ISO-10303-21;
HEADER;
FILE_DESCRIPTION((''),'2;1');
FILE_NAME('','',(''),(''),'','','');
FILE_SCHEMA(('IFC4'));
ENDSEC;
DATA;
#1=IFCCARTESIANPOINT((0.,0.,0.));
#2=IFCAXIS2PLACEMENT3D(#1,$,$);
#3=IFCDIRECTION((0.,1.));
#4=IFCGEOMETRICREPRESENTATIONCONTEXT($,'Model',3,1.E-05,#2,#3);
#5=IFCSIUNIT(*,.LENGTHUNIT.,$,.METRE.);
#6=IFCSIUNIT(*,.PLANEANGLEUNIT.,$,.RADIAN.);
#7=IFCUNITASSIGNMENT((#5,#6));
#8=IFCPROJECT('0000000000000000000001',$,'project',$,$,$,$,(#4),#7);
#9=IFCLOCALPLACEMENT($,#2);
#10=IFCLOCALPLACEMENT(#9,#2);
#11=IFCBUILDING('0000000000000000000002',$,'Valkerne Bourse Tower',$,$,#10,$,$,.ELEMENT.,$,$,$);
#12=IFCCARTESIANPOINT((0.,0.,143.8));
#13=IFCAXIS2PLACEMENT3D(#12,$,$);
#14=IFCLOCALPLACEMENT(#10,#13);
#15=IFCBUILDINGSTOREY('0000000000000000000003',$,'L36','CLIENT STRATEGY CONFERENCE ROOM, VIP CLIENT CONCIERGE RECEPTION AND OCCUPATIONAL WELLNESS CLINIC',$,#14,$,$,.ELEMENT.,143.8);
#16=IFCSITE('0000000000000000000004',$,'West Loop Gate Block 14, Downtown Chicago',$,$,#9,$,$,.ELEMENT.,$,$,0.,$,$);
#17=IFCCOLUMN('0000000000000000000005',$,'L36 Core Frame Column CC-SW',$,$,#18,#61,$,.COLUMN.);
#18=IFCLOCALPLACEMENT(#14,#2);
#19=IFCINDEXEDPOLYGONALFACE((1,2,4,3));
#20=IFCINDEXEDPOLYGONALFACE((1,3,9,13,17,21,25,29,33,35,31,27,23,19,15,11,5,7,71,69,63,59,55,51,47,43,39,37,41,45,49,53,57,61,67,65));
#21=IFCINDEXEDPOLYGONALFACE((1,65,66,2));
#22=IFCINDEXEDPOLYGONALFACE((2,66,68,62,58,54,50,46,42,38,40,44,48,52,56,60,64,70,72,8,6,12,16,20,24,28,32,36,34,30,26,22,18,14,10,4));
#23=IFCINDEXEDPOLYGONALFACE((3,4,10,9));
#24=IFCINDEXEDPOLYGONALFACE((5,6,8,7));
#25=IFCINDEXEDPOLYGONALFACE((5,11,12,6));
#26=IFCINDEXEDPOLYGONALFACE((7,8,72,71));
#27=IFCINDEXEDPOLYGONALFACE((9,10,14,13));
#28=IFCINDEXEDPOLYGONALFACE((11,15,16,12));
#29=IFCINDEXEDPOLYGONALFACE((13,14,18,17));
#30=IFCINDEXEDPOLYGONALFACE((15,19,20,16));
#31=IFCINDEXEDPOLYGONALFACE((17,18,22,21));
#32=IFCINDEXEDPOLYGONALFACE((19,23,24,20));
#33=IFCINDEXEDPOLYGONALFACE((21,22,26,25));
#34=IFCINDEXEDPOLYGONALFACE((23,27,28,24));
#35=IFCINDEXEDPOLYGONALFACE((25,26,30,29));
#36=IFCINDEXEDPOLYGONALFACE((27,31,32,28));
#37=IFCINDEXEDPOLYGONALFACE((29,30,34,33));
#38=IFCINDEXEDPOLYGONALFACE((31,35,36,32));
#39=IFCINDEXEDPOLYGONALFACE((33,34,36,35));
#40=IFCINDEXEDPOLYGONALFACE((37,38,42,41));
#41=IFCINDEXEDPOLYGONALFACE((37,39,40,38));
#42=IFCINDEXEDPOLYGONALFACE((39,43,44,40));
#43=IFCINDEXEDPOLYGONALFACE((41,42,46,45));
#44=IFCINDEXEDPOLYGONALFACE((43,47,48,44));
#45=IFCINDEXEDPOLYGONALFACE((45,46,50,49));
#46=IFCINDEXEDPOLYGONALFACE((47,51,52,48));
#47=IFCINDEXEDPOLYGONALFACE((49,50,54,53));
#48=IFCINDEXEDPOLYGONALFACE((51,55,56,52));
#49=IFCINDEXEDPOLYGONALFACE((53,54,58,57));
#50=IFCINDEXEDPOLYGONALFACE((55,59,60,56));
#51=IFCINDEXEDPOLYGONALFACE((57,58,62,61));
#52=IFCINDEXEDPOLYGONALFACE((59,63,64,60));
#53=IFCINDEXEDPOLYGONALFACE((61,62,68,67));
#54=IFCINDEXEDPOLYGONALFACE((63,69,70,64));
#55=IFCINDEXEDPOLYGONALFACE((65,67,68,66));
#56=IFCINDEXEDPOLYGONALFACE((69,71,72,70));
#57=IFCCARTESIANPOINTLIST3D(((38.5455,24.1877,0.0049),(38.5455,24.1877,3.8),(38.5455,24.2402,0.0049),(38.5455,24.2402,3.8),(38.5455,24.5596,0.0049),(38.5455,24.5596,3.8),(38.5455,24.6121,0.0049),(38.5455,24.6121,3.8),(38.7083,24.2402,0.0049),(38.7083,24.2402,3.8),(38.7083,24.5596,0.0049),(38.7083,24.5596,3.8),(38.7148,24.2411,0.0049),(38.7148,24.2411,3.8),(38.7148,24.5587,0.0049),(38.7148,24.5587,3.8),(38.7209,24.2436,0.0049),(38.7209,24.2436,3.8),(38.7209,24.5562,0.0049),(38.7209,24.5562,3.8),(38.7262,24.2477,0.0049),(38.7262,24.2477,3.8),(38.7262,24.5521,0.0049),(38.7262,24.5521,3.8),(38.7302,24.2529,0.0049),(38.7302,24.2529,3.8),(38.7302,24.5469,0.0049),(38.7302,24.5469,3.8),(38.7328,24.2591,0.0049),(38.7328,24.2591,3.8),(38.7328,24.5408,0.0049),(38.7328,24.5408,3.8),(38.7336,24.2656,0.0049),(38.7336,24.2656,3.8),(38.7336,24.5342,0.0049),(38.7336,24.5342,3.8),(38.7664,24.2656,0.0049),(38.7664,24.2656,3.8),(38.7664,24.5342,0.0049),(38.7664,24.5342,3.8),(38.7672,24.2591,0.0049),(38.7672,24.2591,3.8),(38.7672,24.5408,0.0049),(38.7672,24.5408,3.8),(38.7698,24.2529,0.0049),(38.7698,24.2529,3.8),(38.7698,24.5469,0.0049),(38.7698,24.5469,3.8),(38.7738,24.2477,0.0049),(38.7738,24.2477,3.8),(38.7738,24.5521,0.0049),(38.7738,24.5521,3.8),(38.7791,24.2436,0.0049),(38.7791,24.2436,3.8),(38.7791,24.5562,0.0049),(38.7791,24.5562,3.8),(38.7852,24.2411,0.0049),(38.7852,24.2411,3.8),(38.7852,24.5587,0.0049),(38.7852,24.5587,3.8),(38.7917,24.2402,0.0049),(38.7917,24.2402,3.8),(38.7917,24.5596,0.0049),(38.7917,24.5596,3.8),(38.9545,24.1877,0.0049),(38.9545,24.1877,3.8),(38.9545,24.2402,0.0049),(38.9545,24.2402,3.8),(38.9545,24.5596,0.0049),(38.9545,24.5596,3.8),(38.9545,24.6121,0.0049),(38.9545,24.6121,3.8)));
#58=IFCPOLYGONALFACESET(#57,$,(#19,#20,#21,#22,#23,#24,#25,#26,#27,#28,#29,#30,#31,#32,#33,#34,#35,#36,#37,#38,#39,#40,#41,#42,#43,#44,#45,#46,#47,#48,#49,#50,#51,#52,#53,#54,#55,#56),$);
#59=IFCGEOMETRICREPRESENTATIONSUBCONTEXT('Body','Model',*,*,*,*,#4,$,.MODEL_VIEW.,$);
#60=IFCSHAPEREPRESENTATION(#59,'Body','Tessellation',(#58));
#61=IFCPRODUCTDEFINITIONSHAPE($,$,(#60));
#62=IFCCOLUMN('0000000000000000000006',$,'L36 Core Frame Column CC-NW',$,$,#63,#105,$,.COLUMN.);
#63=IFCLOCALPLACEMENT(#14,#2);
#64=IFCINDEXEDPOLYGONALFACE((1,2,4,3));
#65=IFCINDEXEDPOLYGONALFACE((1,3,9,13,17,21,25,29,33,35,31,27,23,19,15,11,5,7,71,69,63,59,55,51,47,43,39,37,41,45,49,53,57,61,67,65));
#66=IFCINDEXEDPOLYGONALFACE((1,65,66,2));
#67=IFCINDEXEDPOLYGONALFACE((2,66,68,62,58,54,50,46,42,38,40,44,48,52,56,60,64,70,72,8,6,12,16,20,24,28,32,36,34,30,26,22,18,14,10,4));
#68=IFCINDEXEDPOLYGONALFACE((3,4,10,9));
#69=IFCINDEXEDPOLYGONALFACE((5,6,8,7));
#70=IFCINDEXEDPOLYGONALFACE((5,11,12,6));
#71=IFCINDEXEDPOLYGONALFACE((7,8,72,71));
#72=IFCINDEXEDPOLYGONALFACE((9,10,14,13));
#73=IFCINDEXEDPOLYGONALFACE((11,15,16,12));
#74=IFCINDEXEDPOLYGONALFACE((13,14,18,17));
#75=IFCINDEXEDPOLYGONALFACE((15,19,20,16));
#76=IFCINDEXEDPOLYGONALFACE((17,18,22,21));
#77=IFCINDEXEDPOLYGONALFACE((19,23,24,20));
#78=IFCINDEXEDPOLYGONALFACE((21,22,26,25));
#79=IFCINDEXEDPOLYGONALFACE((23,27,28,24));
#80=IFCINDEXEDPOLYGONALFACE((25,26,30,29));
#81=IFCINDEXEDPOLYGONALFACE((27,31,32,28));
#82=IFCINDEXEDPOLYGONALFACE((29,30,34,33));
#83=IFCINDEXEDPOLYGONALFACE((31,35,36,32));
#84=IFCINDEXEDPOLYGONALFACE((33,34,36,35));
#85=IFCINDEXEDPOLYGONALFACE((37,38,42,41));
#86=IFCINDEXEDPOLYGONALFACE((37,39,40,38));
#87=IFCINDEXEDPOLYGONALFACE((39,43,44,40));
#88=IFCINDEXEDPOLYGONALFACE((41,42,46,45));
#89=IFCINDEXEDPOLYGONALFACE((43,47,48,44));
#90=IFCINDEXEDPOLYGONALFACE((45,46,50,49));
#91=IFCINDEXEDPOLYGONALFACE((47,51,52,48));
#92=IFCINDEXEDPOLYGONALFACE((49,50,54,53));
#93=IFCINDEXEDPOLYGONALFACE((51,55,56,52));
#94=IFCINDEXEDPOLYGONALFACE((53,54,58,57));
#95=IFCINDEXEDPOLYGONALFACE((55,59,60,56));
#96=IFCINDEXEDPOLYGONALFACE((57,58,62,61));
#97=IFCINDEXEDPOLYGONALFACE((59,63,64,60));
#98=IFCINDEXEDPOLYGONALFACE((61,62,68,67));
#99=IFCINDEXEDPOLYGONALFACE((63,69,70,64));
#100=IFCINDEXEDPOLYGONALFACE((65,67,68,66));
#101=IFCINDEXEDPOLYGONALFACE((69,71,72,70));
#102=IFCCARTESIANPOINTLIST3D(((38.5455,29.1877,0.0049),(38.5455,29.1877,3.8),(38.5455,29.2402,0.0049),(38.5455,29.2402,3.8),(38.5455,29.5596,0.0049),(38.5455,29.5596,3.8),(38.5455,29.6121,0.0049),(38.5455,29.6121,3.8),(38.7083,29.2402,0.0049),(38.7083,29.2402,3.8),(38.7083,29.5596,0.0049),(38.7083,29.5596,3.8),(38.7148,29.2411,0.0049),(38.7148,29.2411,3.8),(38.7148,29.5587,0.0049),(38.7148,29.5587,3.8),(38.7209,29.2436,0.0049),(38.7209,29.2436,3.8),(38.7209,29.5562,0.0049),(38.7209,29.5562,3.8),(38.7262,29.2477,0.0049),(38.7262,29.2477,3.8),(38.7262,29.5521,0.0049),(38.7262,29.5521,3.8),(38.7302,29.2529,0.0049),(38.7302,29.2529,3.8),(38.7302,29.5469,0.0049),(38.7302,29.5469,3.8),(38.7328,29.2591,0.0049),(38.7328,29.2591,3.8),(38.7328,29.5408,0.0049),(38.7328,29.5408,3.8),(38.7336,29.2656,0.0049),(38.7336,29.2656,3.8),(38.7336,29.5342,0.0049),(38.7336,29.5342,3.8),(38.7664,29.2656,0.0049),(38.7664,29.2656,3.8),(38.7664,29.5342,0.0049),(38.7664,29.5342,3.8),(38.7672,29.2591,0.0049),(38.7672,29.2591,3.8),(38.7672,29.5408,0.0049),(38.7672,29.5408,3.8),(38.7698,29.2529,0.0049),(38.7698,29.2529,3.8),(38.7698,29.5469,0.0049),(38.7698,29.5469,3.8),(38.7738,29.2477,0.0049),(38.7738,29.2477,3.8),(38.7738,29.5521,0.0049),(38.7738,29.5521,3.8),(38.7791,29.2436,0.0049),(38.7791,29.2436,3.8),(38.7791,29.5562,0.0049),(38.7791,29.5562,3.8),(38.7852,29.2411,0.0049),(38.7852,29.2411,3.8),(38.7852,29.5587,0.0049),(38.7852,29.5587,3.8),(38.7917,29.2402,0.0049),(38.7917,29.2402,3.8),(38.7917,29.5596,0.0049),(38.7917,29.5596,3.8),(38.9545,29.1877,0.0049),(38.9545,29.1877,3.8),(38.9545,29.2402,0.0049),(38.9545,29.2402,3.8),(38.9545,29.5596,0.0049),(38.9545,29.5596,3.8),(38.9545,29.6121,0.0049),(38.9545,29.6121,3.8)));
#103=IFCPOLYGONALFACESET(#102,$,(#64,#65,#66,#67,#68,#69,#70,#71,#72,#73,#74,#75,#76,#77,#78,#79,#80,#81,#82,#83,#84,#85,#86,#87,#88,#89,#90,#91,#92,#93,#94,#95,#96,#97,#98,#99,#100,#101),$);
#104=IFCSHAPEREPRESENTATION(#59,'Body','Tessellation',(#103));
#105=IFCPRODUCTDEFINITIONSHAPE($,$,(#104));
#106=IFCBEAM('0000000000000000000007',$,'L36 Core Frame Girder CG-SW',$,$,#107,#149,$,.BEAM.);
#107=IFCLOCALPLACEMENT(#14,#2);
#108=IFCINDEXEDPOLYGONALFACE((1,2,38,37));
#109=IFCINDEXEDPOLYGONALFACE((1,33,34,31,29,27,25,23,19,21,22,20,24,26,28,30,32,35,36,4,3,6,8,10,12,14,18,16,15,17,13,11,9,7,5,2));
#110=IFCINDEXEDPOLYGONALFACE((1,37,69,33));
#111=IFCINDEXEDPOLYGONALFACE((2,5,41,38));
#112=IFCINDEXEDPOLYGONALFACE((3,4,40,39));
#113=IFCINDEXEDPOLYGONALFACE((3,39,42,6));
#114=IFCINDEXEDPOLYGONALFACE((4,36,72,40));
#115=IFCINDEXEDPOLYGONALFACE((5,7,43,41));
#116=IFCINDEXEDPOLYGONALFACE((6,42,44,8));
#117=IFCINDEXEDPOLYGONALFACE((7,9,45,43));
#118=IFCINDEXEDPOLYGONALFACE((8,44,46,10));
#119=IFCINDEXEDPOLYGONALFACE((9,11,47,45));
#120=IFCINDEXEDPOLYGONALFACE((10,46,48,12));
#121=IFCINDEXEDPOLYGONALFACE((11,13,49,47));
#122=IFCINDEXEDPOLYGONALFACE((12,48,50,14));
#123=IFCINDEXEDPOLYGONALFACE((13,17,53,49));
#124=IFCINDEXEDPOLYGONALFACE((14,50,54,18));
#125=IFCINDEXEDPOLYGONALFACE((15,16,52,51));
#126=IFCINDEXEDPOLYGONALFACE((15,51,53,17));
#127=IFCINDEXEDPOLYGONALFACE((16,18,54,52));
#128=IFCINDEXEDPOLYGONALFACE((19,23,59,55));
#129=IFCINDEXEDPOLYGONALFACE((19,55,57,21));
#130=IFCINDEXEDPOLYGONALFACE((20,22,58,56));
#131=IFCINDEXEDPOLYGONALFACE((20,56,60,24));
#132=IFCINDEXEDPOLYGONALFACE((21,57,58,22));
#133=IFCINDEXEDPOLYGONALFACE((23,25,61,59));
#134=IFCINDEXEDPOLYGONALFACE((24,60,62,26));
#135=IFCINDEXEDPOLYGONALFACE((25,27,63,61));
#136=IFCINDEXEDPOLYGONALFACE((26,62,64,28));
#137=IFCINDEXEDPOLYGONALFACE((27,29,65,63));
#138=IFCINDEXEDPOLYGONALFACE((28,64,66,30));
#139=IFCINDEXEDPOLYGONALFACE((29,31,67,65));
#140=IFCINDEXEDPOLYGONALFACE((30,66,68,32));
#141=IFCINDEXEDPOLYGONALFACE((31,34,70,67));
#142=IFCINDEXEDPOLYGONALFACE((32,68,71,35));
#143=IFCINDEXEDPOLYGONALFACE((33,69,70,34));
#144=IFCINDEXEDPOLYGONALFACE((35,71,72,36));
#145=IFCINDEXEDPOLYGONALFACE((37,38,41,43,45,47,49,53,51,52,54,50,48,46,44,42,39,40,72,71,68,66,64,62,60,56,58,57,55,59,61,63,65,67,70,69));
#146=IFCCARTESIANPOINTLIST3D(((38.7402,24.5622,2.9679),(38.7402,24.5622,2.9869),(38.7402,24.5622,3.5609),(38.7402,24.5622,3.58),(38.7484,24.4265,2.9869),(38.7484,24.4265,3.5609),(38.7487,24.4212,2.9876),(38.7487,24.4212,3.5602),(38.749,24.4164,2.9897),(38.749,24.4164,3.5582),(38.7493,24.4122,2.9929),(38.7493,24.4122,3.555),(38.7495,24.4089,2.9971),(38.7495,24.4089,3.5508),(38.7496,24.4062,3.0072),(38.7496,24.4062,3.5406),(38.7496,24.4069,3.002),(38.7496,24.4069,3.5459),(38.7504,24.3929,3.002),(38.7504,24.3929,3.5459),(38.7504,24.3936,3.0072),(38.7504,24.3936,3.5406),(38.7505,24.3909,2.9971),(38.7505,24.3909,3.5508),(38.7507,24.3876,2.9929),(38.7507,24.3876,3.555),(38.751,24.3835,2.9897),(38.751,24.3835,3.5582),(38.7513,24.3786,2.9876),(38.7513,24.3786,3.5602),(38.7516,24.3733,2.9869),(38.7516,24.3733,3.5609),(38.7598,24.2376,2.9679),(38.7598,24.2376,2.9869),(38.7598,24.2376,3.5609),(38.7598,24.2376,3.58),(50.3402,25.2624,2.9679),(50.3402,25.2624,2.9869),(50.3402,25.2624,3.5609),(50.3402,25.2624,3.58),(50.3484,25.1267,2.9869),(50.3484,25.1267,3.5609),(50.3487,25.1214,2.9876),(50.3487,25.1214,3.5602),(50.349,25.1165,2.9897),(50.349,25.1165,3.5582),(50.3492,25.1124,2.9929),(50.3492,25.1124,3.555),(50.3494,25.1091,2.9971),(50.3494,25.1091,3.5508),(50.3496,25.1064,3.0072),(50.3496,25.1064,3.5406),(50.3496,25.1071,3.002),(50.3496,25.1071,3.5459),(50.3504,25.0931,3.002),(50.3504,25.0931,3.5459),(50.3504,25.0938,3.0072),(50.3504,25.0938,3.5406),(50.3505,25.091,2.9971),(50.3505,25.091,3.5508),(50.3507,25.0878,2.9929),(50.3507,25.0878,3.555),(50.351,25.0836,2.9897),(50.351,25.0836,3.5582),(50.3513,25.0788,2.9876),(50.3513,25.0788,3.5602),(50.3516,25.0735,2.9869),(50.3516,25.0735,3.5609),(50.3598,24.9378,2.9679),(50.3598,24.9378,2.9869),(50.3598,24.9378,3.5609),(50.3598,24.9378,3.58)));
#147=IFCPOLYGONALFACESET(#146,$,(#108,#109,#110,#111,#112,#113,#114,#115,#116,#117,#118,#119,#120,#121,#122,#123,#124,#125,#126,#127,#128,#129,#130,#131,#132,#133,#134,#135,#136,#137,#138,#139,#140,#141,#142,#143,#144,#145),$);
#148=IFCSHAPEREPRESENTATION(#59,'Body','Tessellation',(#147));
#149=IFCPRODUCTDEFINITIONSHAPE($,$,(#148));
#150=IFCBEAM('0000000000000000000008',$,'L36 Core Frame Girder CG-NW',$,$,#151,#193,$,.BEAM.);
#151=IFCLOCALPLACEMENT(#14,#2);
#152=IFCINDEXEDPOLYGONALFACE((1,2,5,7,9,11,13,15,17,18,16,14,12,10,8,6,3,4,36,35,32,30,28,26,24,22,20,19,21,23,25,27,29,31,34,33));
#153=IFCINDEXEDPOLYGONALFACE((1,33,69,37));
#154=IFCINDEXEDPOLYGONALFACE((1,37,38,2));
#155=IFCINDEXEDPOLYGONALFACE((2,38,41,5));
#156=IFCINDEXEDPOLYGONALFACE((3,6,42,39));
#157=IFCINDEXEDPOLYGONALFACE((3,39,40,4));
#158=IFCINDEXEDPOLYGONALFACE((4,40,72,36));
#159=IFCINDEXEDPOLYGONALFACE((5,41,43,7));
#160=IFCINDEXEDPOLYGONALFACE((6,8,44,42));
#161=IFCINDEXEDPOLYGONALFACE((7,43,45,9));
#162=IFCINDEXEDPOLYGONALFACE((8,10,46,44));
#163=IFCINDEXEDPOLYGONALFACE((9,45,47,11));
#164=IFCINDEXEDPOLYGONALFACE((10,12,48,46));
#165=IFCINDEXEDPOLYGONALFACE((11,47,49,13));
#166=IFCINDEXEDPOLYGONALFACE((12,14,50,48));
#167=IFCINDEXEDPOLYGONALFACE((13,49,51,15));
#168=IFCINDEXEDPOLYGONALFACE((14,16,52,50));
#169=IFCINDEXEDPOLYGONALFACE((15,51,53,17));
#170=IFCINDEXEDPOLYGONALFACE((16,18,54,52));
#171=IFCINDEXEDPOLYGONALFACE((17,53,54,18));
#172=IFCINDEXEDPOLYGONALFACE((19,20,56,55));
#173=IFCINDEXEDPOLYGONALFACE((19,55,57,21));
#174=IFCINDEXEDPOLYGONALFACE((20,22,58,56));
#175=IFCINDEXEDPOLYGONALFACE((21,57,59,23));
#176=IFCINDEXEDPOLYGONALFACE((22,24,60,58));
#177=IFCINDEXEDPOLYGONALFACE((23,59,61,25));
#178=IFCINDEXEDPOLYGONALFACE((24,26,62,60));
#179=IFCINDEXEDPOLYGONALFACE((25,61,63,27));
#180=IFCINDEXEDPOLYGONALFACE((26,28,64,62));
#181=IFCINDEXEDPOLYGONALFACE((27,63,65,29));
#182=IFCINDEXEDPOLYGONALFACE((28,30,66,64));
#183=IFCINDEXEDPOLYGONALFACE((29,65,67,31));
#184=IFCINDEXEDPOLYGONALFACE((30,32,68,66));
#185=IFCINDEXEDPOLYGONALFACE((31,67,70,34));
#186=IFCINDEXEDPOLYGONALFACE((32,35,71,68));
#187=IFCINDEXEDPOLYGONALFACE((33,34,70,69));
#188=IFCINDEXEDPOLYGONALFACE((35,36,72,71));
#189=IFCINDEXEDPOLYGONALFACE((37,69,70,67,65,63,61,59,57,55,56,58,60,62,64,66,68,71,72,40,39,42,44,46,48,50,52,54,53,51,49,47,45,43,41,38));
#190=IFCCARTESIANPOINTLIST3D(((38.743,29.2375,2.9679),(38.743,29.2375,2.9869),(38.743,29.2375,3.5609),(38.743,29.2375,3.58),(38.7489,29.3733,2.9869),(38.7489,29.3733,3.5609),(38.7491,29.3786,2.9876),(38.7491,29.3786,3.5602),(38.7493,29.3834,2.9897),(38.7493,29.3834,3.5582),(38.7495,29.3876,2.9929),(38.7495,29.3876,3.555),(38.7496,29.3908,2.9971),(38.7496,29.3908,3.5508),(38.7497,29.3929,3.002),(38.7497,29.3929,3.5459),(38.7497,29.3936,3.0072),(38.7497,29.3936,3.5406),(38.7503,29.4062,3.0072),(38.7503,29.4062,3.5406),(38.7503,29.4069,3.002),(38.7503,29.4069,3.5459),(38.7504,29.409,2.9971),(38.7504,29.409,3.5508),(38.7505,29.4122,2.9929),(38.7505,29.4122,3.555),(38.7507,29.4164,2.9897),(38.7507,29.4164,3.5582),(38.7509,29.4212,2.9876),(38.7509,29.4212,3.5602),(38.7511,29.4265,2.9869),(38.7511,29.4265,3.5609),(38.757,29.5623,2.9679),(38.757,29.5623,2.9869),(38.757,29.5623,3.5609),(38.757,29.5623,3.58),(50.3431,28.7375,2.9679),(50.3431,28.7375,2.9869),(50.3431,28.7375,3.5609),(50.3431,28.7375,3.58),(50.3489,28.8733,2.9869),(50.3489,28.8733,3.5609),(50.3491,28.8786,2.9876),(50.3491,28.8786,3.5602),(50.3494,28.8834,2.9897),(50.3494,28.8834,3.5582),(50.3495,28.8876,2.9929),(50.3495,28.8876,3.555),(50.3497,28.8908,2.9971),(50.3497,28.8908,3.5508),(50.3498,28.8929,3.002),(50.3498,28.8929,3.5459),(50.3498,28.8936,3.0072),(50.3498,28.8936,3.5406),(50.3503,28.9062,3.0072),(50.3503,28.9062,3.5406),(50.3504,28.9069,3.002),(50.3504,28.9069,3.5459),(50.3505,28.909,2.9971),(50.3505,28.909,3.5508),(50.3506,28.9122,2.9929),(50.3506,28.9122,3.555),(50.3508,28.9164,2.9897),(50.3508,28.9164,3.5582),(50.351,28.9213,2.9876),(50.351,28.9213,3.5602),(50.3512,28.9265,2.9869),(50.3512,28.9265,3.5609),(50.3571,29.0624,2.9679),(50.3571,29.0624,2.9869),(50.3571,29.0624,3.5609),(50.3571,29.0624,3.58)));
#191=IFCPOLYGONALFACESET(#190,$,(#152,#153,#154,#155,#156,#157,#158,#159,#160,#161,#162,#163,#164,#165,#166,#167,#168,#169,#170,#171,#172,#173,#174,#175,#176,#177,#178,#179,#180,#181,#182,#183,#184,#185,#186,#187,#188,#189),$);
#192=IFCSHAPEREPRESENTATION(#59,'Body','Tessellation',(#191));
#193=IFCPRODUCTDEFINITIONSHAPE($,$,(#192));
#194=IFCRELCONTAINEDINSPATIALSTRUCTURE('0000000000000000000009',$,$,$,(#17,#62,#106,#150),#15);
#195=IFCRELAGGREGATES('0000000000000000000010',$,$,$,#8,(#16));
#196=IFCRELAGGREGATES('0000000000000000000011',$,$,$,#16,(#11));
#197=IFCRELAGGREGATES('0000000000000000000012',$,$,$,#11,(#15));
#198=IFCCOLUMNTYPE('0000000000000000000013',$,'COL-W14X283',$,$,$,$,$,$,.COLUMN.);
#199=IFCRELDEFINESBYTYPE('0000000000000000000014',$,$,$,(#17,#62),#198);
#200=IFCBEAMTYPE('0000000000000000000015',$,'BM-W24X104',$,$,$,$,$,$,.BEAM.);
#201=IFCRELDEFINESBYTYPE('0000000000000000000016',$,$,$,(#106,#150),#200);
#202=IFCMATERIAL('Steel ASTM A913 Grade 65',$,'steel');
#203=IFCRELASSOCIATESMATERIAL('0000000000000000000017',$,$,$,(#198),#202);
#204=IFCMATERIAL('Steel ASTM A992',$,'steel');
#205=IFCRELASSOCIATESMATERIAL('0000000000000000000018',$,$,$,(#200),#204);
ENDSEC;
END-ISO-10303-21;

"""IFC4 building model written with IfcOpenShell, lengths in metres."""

from ifc_helpers import new_model, si_unit, direction, frame, origin, origin_2d, place, context, subcontext, project, spatial, i_section, extrude, material, material_profile, profile_set, type_object, element, save


model = new_model("IFC4")

# Units and contexts
model_context = context("Model", 3, precision=1e-05, world=origin(), true_north=direction((0.0, 1.0)))
body_context = subcontext(model_context, "Body", "Model", "MODEL_VIEW")
ifc_project = project(units=[si_unit("LENGTHUNIT", "METRE"), si_unit("PLANEANGLEUNIT", "RADIAN")], contexts=[model_context])

# Site, building, storey
site_placement = place(None, origin())
site = spatial("IfcSite", under=ifc_project, at=site_placement, Name="West Loop Gate Block 14, Downtown Chicago", CompositionType="ELEMENT", RefElevation=0.0)
building_placement = place(site_placement, origin())
building = spatial("IfcBuilding", under=site, at=building_placement, Name="Valkerne Bourse Tower", CompositionType="ELEMENT")
storey_placement = place(building_placement, frame((0.0, 0.0, 143.8)))
storey = spatial("IfcBuildingStorey", under=building, at=storey_placement, Name="L36", Description="CLIENT STRATEGY CONFERENCE ROOM, VIP CLIENT CONCIERGE RECEPTION AND OCCUPATIONAL WELLNESS CLINIC", CompositionType="ELEMENT", Elevation=143.8)

# Columns
ifc_material_1 = material(Name="Steel ASTM A913 Grade 65", Category="steel")
ifc_material_profile_1 = material_profile(ifc_material_1, i_section(OverallWidth=0.4089, OverallDepth=0.4243, WebThickness=0.0327, FlangeThickness=0.0525, FilletRadius=0.0254, at=origin_2d()), Name="W14X283")
ifc_profile_set_1 = profile_set([ifc_material_profile_1], Name="Steel ASTM A913 Grade 65")
column_type = type_object("IfcColumnType", Name="COL-W14X283", PredefinedType="COLUMN", material=ifc_profile_set_1)
for number, where, z_axis, x_axis, name in (
    (1, (38.75, 24.3999, 0.0049), (0.0, 0.0, 1.0), (1.0, 0.0, 0.0), "L36 Core Frame Column CC-SW"),
    (2, (38.75, 29.3999, 0.0049), (0.0, 0.0, 1.0), (1.0, 0.0, 0.0), "L36 Core Frame Column CC-NW"),
):
    element("IfcColumn", number, at=place(storey_placement, frame(where, z_axis=z_axis, x_axis=x_axis)), inside=storey, type_object=column_type, Name=name, PredefinedType="COLUMN", context=body_context, shape_type="SweptSolid", body=[
        extrude(i_section(OverallWidth=0.4089, OverallDepth=0.4243, WebThickness=0.0327, FlangeThickness=0.0525, FilletRadius=0.0254, at=origin_2d()), origin(), (0.0, 0.0, 1.0), 3.7952),
    ])

# Beams
ifc_material_2 = material(Name="Steel ASTM A992", Category="steel")
ifc_material_profile_2 = material_profile(ifc_material_2, i_section(OverallWidth=0.3252, OverallDepth=0.6121, WebThickness=0.0127, FlangeThickness=0.019, FilletRadius=0.0203, at=origin_2d()), Name="W24X104")
ifc_profile_set_2 = profile_set([ifc_material_profile_2], Name="Steel ASTM A992")
beam_type = type_object("IfcBeamType", Name="BM-W24X104", PredefinedType="BEAM", material=ifc_profile_set_2)
beam_1_placement = place(storey_placement, frame((38.75, 24.3999, 3.2739), z_axis=(0.998183, 0.060251, 0.0), x_axis=(-0.060251, 0.998183, 0.0)))
element("IfcBeam", 3, at=beam_1_placement, inside=storey, type_object=beam_type, Name="L36 Core Frame Girder CG-SW", PredefinedType="BEAM", context=body_context, shape_type="SweptSolid", body=[
    extrude(i_section(OverallWidth=0.3252, OverallDepth=0.6121, WebThickness=0.0127, FlangeThickness=0.019, FilletRadius=0.0203, at=origin_2d()), origin(), (0.0, 0.0, 1.0), 11.6211),
])
beam_2_placement = place(storey_placement, frame((38.75, 29.3999, 3.2739), z_axis=(0.999072, -0.043063, 0.0), x_axis=(0.043063, 0.999072, 0.0)))
element("IfcBeam", 4, at=beam_2_placement, inside=storey, type_object=beam_type, Name="L36 Core Frame Girder CG-NW", PredefinedType="BEAM", context=body_context, shape_type="SweptSolid", body=[
    extrude(i_section(OverallWidth=0.3252, OverallDepth=0.6121, WebThickness=0.0127, FlangeThickness=0.019, FilletRadius=0.0203, at=origin_2d()), origin(), (0.0, 0.0, 1.0), 11.6108),
])

save(model, "model.ifc")
